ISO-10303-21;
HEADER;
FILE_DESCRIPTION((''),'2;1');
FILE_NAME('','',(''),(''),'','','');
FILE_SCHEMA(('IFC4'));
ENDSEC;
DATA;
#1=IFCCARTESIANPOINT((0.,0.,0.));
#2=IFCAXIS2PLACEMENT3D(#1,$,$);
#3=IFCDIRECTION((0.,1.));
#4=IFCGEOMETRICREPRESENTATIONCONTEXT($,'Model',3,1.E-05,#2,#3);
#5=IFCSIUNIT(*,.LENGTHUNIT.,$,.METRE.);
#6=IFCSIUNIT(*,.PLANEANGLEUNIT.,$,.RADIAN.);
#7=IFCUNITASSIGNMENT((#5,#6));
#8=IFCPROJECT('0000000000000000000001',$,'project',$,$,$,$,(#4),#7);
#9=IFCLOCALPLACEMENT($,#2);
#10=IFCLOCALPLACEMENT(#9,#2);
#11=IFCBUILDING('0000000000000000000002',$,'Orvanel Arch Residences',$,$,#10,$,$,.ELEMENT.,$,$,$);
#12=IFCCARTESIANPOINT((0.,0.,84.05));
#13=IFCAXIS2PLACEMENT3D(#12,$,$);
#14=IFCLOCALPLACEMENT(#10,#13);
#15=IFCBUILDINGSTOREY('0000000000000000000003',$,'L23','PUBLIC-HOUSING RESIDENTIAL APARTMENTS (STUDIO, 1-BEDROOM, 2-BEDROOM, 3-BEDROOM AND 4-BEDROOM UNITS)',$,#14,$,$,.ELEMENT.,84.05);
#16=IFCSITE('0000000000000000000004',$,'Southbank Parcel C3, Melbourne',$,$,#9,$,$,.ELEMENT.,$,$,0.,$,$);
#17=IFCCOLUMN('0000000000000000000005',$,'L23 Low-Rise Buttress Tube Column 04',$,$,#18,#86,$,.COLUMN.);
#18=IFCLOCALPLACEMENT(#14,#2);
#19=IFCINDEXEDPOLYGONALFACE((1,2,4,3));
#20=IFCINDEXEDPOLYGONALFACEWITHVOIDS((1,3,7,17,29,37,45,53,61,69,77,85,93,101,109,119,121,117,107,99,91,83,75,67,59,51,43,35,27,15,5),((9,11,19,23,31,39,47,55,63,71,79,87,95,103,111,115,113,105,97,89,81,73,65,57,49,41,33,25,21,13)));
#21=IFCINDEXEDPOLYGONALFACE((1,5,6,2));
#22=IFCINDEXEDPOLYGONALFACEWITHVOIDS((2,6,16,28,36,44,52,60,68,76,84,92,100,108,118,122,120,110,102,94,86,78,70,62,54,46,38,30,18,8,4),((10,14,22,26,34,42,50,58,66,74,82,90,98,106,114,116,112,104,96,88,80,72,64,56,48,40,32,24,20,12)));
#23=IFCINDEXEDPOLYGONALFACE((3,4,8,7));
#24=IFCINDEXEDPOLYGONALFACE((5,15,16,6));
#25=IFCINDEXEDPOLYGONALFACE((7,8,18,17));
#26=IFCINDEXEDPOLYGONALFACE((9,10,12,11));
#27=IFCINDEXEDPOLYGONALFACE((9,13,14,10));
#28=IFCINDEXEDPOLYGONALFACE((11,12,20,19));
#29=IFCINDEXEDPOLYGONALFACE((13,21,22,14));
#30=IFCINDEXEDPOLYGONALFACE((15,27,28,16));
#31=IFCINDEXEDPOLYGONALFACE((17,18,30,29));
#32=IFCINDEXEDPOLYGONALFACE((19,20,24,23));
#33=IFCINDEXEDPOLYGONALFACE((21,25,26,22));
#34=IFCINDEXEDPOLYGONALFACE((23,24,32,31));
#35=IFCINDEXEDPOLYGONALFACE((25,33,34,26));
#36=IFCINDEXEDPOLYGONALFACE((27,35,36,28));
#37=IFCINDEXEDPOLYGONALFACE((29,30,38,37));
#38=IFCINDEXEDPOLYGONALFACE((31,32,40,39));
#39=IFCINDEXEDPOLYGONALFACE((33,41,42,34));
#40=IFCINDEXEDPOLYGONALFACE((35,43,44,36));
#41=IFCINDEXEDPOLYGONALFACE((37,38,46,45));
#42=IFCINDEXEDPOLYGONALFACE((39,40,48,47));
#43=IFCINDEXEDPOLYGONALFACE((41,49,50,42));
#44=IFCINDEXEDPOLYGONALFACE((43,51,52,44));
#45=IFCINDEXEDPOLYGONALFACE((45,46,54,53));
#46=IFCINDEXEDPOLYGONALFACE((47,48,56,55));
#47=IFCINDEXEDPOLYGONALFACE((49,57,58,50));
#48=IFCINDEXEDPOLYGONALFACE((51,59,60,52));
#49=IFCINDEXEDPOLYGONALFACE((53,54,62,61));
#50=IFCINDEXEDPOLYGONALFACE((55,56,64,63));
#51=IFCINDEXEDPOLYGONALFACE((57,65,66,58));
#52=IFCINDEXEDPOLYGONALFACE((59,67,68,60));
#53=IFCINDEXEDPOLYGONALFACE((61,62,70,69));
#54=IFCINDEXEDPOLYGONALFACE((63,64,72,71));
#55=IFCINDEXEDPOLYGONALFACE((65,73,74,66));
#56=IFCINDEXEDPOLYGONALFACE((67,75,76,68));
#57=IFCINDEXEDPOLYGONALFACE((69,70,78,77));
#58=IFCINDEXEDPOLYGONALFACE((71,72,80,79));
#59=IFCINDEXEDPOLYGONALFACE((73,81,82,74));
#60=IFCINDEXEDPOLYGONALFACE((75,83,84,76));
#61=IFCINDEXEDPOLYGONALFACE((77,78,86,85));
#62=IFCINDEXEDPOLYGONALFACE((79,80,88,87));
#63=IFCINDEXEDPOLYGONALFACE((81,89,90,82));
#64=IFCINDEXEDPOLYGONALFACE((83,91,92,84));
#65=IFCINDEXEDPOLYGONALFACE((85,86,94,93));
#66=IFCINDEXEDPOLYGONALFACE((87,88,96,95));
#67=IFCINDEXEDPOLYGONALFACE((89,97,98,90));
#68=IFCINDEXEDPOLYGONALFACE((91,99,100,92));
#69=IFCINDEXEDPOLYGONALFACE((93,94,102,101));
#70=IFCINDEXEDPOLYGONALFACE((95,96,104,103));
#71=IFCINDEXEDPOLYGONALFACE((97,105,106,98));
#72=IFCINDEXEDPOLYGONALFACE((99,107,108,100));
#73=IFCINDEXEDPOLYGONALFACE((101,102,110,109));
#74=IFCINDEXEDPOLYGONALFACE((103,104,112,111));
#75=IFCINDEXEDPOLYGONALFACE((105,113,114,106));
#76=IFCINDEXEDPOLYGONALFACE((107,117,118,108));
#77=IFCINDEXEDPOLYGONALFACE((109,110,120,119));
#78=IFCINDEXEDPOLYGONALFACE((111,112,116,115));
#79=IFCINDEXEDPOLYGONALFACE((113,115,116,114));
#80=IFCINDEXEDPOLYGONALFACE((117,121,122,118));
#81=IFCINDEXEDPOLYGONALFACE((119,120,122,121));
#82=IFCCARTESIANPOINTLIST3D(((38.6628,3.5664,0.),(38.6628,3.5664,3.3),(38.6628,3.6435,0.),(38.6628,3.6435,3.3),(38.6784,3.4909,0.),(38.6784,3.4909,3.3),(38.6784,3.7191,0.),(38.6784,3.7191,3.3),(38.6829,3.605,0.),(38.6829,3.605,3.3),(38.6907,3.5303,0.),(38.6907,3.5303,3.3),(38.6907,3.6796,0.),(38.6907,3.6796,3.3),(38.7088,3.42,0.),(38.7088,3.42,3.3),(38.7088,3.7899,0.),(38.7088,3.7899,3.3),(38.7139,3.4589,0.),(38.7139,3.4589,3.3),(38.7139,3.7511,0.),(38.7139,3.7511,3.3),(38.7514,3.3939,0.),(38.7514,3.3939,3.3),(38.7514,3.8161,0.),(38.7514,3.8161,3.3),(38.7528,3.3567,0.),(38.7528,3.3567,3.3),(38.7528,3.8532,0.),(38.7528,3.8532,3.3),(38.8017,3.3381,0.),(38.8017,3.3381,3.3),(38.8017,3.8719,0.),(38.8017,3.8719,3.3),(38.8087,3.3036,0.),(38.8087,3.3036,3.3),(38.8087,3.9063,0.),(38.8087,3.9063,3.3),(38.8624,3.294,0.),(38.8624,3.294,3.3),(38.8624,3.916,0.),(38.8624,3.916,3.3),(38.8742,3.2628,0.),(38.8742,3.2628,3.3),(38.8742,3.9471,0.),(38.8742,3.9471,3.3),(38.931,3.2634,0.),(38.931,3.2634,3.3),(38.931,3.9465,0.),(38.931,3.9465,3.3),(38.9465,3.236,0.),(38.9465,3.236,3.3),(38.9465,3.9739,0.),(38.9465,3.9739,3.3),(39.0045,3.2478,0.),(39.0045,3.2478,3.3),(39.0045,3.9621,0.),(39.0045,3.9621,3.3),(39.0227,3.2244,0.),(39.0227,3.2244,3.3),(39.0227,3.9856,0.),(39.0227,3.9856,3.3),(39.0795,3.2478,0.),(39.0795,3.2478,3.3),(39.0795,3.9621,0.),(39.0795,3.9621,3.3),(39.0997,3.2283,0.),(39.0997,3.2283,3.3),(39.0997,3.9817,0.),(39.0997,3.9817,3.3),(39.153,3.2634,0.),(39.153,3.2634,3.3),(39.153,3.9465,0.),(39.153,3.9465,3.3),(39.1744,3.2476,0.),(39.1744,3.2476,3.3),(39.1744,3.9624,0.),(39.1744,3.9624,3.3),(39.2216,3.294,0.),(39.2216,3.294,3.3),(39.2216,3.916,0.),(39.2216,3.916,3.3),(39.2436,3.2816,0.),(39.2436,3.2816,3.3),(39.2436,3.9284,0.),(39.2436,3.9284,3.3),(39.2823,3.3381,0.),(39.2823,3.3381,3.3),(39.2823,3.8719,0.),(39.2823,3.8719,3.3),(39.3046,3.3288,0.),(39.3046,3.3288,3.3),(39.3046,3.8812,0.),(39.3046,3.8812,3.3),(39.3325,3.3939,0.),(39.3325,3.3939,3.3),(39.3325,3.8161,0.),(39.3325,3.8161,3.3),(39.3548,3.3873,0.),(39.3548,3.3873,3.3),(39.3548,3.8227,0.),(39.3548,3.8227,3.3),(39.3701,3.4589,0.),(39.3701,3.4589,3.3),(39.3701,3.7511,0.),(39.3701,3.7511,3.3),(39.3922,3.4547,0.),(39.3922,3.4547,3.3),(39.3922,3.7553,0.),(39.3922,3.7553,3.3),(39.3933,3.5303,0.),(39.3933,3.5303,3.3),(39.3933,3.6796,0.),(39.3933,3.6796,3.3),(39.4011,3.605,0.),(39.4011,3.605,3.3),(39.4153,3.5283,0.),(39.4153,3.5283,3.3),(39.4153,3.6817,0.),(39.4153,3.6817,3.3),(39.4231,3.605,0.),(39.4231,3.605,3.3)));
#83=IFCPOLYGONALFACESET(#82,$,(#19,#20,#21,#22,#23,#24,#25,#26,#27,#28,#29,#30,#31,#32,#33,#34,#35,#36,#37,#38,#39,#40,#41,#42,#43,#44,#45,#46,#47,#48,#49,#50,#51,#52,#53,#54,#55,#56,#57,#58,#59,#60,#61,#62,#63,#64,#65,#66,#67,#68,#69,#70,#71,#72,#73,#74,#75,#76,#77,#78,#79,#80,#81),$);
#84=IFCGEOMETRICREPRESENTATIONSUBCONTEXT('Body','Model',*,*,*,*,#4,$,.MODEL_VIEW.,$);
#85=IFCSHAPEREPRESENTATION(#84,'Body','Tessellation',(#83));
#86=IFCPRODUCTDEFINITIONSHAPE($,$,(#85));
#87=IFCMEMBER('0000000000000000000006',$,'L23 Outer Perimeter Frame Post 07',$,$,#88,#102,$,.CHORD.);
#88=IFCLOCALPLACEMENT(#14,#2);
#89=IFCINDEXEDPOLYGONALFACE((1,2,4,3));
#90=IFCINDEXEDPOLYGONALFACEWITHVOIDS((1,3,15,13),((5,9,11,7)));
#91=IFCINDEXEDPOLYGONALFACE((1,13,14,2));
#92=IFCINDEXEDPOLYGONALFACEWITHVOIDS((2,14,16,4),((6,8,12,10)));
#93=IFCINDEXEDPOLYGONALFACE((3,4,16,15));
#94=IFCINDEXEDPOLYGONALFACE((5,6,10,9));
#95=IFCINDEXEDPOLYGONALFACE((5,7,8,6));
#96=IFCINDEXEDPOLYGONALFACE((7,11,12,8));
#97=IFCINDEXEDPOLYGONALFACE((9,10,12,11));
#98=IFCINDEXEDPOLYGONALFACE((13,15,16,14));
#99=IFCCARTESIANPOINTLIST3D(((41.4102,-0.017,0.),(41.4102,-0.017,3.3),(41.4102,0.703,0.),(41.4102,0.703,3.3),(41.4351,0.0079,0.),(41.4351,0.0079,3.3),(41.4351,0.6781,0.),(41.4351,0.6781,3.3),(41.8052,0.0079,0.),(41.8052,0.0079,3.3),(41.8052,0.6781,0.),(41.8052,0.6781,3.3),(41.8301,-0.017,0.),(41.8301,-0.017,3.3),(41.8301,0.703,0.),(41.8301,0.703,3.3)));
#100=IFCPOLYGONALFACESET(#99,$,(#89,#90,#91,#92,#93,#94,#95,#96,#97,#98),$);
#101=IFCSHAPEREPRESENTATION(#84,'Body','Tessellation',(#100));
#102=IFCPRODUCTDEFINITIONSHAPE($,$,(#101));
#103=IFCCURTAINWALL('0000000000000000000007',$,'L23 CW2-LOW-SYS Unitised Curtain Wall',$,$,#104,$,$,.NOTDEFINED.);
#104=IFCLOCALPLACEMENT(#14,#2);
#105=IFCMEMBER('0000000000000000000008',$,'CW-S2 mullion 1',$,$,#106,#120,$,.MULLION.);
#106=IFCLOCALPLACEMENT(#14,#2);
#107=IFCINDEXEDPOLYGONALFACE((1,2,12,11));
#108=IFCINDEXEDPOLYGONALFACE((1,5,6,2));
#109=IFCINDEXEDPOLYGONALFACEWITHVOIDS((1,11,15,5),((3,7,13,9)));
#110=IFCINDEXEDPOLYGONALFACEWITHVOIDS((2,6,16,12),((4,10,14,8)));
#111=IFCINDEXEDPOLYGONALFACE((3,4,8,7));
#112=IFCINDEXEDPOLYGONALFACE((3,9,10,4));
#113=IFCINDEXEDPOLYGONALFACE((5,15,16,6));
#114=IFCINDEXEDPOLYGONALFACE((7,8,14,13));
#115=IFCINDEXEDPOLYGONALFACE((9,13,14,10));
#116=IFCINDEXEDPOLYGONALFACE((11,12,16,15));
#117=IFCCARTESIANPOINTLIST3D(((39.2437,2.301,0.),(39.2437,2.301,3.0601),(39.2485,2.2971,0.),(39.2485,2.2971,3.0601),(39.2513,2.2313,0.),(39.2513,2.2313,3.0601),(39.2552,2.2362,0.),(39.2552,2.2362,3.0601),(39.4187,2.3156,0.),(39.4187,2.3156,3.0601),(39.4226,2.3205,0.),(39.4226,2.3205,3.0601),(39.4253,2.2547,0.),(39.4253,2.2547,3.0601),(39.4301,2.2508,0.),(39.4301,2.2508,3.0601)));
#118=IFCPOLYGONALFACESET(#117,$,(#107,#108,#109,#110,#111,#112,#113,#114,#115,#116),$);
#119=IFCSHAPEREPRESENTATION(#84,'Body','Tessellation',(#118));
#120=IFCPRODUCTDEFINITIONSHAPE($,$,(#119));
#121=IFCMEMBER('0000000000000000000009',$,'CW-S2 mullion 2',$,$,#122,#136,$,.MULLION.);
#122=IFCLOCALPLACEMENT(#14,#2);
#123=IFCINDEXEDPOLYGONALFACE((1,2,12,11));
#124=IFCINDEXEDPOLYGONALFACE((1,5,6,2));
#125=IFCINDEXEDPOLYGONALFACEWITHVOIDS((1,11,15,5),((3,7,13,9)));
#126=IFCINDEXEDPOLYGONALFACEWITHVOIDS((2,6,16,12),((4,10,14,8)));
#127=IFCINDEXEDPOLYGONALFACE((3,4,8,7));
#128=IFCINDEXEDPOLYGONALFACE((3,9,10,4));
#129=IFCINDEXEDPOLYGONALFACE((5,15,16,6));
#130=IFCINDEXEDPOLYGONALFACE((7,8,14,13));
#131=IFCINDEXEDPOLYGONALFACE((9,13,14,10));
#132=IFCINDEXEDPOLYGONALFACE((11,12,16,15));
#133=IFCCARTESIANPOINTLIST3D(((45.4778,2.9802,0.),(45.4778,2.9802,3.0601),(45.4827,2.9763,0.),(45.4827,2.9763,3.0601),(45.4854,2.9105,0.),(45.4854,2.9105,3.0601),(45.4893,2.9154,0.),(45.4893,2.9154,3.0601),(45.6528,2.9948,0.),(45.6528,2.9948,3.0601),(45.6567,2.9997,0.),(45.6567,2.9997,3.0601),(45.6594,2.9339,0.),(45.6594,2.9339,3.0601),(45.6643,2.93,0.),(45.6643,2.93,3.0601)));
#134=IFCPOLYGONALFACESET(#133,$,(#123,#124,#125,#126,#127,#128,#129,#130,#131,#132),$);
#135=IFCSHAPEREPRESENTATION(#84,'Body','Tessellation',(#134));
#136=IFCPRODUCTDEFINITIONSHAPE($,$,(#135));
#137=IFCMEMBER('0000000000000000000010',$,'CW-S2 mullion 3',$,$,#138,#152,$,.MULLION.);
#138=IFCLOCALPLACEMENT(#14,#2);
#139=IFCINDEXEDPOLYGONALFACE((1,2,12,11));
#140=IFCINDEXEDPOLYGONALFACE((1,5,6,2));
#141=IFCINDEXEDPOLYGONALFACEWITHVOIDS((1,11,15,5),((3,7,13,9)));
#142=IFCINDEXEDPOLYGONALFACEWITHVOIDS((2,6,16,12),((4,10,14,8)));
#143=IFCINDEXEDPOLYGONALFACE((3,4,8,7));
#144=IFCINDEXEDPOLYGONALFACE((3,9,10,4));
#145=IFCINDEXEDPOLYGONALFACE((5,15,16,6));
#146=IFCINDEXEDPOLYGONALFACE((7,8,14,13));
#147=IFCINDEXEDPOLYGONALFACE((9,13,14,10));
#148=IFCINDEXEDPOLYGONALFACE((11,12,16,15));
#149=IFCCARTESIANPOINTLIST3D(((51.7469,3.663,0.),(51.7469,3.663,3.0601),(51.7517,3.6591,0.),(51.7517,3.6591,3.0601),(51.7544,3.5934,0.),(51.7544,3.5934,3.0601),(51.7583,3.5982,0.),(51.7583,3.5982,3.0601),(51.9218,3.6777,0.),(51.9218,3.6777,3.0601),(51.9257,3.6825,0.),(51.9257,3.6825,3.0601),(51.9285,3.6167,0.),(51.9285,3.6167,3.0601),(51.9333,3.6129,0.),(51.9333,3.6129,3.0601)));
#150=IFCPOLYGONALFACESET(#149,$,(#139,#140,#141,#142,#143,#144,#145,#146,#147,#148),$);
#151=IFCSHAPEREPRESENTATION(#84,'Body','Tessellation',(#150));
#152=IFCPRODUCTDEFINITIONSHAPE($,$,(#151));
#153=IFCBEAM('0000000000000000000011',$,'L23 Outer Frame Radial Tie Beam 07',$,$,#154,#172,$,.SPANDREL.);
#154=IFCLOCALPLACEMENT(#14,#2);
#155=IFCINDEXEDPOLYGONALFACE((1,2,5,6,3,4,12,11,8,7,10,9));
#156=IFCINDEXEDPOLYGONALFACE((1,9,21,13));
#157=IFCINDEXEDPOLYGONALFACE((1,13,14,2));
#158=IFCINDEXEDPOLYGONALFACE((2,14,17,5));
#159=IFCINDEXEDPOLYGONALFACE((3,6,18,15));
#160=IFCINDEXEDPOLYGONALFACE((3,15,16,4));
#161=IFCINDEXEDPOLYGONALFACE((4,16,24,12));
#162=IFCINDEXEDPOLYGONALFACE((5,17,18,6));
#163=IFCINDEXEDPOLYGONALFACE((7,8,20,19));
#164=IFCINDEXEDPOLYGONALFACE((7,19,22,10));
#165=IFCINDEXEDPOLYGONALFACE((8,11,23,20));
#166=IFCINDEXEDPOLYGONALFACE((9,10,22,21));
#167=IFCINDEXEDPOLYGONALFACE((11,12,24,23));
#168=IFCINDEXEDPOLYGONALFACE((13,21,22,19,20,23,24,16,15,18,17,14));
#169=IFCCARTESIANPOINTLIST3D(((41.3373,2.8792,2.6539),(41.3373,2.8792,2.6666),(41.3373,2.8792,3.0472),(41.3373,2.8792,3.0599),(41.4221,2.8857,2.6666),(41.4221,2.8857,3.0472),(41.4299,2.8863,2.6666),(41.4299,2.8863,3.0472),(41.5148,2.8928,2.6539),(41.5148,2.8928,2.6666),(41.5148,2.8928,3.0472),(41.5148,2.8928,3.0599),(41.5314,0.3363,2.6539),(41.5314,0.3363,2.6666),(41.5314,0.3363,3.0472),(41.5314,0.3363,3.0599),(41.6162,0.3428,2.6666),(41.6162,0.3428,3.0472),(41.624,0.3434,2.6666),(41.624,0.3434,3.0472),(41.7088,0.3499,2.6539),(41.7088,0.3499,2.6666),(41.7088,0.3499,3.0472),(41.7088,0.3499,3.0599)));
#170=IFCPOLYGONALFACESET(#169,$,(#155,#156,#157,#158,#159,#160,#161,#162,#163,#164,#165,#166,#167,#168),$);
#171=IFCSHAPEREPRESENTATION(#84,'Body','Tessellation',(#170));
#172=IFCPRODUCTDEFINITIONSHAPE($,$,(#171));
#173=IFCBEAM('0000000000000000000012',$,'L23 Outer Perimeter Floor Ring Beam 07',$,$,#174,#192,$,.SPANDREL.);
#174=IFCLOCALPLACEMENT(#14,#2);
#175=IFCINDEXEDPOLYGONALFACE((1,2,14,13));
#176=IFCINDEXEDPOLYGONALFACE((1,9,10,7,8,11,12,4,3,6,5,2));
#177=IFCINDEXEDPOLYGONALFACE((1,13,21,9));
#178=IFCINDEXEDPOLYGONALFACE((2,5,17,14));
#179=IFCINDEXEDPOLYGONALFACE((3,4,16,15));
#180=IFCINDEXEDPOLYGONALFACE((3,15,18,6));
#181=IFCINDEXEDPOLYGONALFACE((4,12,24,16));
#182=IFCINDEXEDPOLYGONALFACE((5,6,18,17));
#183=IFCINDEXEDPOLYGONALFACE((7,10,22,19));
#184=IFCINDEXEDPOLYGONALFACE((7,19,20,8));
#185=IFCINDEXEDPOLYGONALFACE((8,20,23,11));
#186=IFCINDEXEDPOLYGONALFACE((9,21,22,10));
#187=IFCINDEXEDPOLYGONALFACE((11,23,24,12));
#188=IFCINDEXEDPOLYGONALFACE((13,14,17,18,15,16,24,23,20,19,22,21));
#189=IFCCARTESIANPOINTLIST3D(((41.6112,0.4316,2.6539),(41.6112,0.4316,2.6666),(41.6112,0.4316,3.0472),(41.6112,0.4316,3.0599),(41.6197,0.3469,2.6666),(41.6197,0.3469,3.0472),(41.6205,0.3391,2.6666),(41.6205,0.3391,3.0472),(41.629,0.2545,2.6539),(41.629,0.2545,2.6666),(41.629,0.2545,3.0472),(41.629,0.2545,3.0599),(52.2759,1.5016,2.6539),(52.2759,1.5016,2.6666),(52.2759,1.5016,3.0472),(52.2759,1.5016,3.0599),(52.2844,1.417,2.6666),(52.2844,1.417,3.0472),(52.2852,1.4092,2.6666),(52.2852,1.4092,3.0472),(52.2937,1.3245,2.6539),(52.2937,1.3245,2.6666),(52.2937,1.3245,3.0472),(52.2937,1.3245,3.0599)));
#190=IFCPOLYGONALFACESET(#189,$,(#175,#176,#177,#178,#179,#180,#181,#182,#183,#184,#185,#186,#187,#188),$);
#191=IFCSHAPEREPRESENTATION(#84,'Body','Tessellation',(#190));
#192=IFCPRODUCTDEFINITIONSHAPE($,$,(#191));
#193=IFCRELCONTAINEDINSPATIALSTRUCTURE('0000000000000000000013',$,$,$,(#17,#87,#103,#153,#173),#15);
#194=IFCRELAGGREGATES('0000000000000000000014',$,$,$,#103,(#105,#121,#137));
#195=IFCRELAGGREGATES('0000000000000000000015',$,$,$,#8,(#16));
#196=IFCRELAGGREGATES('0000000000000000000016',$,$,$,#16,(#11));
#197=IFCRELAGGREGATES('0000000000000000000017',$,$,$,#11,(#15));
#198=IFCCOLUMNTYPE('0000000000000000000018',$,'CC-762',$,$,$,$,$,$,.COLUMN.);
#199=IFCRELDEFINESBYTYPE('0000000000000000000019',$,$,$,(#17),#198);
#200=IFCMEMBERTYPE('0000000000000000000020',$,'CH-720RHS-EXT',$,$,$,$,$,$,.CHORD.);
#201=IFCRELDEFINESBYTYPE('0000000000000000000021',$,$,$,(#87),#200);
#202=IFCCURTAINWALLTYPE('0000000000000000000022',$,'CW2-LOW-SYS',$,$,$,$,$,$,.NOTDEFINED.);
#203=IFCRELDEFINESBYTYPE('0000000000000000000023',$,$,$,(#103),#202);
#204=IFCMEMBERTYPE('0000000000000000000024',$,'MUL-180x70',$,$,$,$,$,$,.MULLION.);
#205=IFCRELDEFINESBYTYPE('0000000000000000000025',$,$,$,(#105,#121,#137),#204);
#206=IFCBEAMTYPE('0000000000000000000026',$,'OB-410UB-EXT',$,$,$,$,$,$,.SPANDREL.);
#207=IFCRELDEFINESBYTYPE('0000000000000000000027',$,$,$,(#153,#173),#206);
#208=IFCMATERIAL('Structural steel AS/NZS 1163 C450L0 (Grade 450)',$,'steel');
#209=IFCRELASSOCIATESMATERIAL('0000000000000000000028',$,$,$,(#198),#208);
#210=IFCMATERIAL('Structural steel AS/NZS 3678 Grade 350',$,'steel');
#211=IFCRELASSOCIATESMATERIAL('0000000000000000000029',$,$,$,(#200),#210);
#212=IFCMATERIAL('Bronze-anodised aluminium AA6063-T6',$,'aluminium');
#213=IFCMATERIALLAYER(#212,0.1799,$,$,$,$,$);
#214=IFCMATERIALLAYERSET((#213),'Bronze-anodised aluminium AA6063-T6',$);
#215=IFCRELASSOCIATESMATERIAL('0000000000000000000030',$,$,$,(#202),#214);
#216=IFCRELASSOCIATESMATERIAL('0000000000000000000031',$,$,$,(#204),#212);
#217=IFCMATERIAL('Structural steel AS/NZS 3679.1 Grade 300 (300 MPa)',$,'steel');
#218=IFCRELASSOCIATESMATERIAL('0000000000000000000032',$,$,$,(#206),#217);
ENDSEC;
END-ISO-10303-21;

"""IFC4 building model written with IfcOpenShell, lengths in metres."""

from ifc_helpers import new_model, si_unit, direction, frame, origin, origin_2d, place, context, subcontext, project, spatial, hollow_rectangle, hollow_circle, i_section, extrude, material, layer, layer_set, material_profile, profile_set, type_object, element, aggregate, save


model = new_model("IFC4")

# Units and contexts
model_context = context("Model", 3, precision=1e-05, world=origin(), true_north=direction((0.0, 1.0)))
body_context = subcontext(model_context, "Body", "Model", "MODEL_VIEW")
ifc_project = project(units=[si_unit("LENGTHUNIT", "METRE"), si_unit("PLANEANGLEUNIT", "RADIAN")], contexts=[model_context])

# Site, building, storey
site_placement = place(None, origin())
site = spatial("IfcSite", under=ifc_project, at=site_placement, Name="Southbank Parcel C3, Melbourne", CompositionType="ELEMENT", RefElevation=0.0)
building_placement = place(site_placement, origin())
building = spatial("IfcBuilding", under=site, at=building_placement, Name="Orvanel Arch Residences", CompositionType="ELEMENT")
storey_placement = place(building_placement, frame((0.0, 0.0, 84.05)))
storey = spatial("IfcBuildingStorey", under=building, at=storey_placement, Name="L23", Description="PUBLIC-HOUSING RESIDENTIAL APARTMENTS (STUDIO, 1-BEDROOM, 2-BEDROOM, 3-BEDROOM AND 4-BEDROOM UNITS)", CompositionType="ELEMENT", Elevation=84.05)

# Column
ifc_material_1 = material(Name="Structural steel AS/NZS 1163 C450L0 (Grade 450)", Category="steel")
ifc_material_profile_1 = material_profile(ifc_material_1, hollow_circle(Radius=0.3811, WallThickness=0.022, at=origin_2d()), Name="CHS762x22")
ifc_profile_set_1 = profile_set([ifc_material_profile_1], Name="Structural steel AS/NZS 1163 C450L0 (Grade 450)")
column_type = type_object("IfcColumnType", Name="CC-762", PredefinedType="COLUMN", material=ifc_profile_set_1)
column_placement = place(storey_placement, frame((39.042, 3.605, 0.0), z_axis=(0.0, 0.0, 1.0), x_axis=(1.0, 0.0, 0.0)))
element("IfcColumn", 1, at=column_placement, inside=storey, type_object=column_type, Name="L23 Low-Rise Buttress Tube Column 04", PredefinedType="COLUMN", context=body_context, shape_type="SweptSolid", body=[
    extrude(hollow_circle(Radius=0.3811, WallThickness=0.022, at=origin_2d()), origin(), (0.0, 0.0, 1.0), 3.3),
])

# Member
ifc_material_2 = material(Name="Structural steel AS/NZS 3678 Grade 350", Category="steel")
ifc_material_profile_2 = material_profile(ifc_material_2, hollow_rectangle(XDim=0.4199, YDim=0.72, WallThickness=0.0249, at=origin_2d()), Name="RHS720x420x25")
ifc_profile_set_2 = profile_set([ifc_material_profile_2], Name="Structural steel AS/NZS 3678 Grade 350")
member_type_1 = type_object("IfcMemberType", Name="CH-720RHS-EXT", PredefinedType="CHORD", material=ifc_profile_set_2)
member_1_placement = place(storey_placement, frame((41.6201, 0.343, 0.0), z_axis=(0.0, 0.0, 1.0), x_axis=(1.0, 0.0, 0.0)))
element("IfcMember", 2, at=member_1_placement, inside=storey, type_object=member_type_1, Name="L23 Outer Perimeter Frame Post 07", PredefinedType="CHORD", context=body_context, shape_type="SweptSolid", body=[
    extrude(hollow_rectangle(XDim=0.4199, YDim=0.72, WallThickness=0.0249, at=origin_2d()), origin(), (0.0, 0.0, 1.0), 3.3),
])

# Curtain wall, members
ifc_material_3 = material(Name="Bronze-anodised aluminium AA6063-T6", Category="aluminium")
ifc_layer_1 = layer(ifc_material_3, 0.1799)
ifc_layer_set_1 = layer_set([ifc_layer_1], Name="Bronze-anodised aluminium AA6063-T6")
curtain_wall_type = type_object("IfcCurtainWallType", Name="CW2-LOW-SYS", PredefinedType="NOTDEFINED", material=ifc_layer_set_1)
curtain_wall_placement = place(storey_placement, origin())
curtain_wall = element("IfcCurtainWall", 3, at=curtain_wall_placement, inside=storey, type_object=curtain_wall_type, Name="L23 CW2-LOW-SYS Unitised Curtain Wall", PredefinedType="NOTDEFINED")
ifc_material_profile_3 = material_profile(ifc_material_3, hollow_rectangle(XDim=0.0701, YDim=0.1799, WallThickness=0.0044, at=origin_2d()), Name="ALU180x70x4.5")
ifc_profile_set_3 = profile_set([ifc_material_profile_3], Name="Bronze-anodised aluminium AA6063-T6")
member_type_2 = type_object("IfcMemberType", Name="MUL-180x70", PredefinedType="MULLION", material=ifc_profile_set_3)
member_2_placement = place(storey_placement, frame((39.3369, 2.2759, 0.0), z_axis=(0.0, 0.0, 1.0), x_axis=(-0.108308, 0.994117, 0.0)))
member_2 = element("IfcMember", 4, at=member_2_placement, type_object=member_type_2, Name="CW-S2 mullion 1", PredefinedType="MULLION", context=body_context, shape_type="SweptSolid", body=[
    extrude(hollow_rectangle(XDim=0.0701, YDim=0.1799, WallThickness=0.0044, at=origin_2d()), origin(), (0.0, 0.0, 1.0), 3.0601),
])
member_3_placement = place(storey_placement, frame((45.571, 2.9551, 0.0), z_axis=(0.0, 0.0, 1.0), x_axis=(-0.108308, 0.994117, 0.0)))
member_3 = element("IfcMember", 5, at=member_3_placement, type_object=member_type_2, Name="CW-S2 mullion 2", PredefinedType="MULLION", context=body_context, shape_type="SweptSolid", body=[
    extrude(hollow_rectangle(XDim=0.0701, YDim=0.1799, WallThickness=0.0044, at=origin_2d()), origin(), (0.0, 0.0, 1.0), 3.0601),
])
member_4_placement = place(storey_placement, frame((51.8401, 3.6379, 0.0), z_axis=(0.0, 0.0, 1.0), x_axis=(-0.108308, 0.994117, 0.0)))
member_4 = element("IfcMember", 6, at=member_4_placement, type_object=member_type_2, Name="CW-S2 mullion 3", PredefinedType="MULLION", context=body_context, shape_type="SweptSolid", body=[
    extrude(hollow_rectangle(XDim=0.0701, YDim=0.1799, WallThickness=0.0044, at=origin_2d()), origin(), (0.0, 0.0, 1.0), 3.0601),
])

# Beams
ifc_material_4 = material(Name="Structural steel AS/NZS 3679.1 Grade 300 (300 MPa)", Category="steel")
ifc_material_profile_4 = material_profile(ifc_material_4, i_section(OverallWidth=0.178, OverallDepth=0.406, WebThickness=0.0078, FlangeThickness=0.0127, at=origin_2d()), Name="410UB59.7")
ifc_profile_set_4 = profile_set([ifc_material_profile_4], Name="Structural steel AS/NZS 3679.1 Grade 300 (300 MPa)")
beam_type_1 = type_object("IfcBeamType", Name="OB-410UB-EXT", PredefinedType="SPANDREL", material=ifc_profile_set_4)
beam_1_placement = place(storey_placement, frame((41.426, 2.886, 2.8569), z_axis=(0.076104, -0.9971, 0.0), x_axis=(0.9971, 0.076104, 0.0)))
element("IfcBeam", 7, at=beam_1_placement, inside=storey, type_object=beam_type_1, Name="L23 Outer Frame Radial Tie Beam 07", PredefinedType="SPANDREL", context=body_context, shape_type="SweptSolid", body=[
    extrude(i_section(OverallWidth=0.178, OverallDepth=0.406, WebThickness=0.0078, FlangeThickness=0.0127, at=origin_2d()), origin(), (0.0, 0.0, 1.0), 2.5503),
])
beam_2_placement = place(storey_placement, frame((41.6201, 0.343, 2.8569), z_axis=(0.995004, 0.099835, 0.0), x_axis=(-0.099835, 0.995004, 0.0)))
element("IfcBeam", 8, at=beam_2_placement, inside=storey, type_object=beam_type_1, Name="L23 Outer Perimeter Floor Ring Beam 07", PredefinedType="SPANDREL", context=body_context, shape_type="SweptSolid", body=[
    extrude(i_section(OverallWidth=0.178, OverallDepth=0.406, WebThickness=0.0078, FlangeThickness=0.0127, at=origin_2d()), origin(), (0.0, 0.0, 1.0), 10.7183),
])

aggregate(curtain_wall, [member_2, member_3, member_4])

save(model, "model.ifc")
